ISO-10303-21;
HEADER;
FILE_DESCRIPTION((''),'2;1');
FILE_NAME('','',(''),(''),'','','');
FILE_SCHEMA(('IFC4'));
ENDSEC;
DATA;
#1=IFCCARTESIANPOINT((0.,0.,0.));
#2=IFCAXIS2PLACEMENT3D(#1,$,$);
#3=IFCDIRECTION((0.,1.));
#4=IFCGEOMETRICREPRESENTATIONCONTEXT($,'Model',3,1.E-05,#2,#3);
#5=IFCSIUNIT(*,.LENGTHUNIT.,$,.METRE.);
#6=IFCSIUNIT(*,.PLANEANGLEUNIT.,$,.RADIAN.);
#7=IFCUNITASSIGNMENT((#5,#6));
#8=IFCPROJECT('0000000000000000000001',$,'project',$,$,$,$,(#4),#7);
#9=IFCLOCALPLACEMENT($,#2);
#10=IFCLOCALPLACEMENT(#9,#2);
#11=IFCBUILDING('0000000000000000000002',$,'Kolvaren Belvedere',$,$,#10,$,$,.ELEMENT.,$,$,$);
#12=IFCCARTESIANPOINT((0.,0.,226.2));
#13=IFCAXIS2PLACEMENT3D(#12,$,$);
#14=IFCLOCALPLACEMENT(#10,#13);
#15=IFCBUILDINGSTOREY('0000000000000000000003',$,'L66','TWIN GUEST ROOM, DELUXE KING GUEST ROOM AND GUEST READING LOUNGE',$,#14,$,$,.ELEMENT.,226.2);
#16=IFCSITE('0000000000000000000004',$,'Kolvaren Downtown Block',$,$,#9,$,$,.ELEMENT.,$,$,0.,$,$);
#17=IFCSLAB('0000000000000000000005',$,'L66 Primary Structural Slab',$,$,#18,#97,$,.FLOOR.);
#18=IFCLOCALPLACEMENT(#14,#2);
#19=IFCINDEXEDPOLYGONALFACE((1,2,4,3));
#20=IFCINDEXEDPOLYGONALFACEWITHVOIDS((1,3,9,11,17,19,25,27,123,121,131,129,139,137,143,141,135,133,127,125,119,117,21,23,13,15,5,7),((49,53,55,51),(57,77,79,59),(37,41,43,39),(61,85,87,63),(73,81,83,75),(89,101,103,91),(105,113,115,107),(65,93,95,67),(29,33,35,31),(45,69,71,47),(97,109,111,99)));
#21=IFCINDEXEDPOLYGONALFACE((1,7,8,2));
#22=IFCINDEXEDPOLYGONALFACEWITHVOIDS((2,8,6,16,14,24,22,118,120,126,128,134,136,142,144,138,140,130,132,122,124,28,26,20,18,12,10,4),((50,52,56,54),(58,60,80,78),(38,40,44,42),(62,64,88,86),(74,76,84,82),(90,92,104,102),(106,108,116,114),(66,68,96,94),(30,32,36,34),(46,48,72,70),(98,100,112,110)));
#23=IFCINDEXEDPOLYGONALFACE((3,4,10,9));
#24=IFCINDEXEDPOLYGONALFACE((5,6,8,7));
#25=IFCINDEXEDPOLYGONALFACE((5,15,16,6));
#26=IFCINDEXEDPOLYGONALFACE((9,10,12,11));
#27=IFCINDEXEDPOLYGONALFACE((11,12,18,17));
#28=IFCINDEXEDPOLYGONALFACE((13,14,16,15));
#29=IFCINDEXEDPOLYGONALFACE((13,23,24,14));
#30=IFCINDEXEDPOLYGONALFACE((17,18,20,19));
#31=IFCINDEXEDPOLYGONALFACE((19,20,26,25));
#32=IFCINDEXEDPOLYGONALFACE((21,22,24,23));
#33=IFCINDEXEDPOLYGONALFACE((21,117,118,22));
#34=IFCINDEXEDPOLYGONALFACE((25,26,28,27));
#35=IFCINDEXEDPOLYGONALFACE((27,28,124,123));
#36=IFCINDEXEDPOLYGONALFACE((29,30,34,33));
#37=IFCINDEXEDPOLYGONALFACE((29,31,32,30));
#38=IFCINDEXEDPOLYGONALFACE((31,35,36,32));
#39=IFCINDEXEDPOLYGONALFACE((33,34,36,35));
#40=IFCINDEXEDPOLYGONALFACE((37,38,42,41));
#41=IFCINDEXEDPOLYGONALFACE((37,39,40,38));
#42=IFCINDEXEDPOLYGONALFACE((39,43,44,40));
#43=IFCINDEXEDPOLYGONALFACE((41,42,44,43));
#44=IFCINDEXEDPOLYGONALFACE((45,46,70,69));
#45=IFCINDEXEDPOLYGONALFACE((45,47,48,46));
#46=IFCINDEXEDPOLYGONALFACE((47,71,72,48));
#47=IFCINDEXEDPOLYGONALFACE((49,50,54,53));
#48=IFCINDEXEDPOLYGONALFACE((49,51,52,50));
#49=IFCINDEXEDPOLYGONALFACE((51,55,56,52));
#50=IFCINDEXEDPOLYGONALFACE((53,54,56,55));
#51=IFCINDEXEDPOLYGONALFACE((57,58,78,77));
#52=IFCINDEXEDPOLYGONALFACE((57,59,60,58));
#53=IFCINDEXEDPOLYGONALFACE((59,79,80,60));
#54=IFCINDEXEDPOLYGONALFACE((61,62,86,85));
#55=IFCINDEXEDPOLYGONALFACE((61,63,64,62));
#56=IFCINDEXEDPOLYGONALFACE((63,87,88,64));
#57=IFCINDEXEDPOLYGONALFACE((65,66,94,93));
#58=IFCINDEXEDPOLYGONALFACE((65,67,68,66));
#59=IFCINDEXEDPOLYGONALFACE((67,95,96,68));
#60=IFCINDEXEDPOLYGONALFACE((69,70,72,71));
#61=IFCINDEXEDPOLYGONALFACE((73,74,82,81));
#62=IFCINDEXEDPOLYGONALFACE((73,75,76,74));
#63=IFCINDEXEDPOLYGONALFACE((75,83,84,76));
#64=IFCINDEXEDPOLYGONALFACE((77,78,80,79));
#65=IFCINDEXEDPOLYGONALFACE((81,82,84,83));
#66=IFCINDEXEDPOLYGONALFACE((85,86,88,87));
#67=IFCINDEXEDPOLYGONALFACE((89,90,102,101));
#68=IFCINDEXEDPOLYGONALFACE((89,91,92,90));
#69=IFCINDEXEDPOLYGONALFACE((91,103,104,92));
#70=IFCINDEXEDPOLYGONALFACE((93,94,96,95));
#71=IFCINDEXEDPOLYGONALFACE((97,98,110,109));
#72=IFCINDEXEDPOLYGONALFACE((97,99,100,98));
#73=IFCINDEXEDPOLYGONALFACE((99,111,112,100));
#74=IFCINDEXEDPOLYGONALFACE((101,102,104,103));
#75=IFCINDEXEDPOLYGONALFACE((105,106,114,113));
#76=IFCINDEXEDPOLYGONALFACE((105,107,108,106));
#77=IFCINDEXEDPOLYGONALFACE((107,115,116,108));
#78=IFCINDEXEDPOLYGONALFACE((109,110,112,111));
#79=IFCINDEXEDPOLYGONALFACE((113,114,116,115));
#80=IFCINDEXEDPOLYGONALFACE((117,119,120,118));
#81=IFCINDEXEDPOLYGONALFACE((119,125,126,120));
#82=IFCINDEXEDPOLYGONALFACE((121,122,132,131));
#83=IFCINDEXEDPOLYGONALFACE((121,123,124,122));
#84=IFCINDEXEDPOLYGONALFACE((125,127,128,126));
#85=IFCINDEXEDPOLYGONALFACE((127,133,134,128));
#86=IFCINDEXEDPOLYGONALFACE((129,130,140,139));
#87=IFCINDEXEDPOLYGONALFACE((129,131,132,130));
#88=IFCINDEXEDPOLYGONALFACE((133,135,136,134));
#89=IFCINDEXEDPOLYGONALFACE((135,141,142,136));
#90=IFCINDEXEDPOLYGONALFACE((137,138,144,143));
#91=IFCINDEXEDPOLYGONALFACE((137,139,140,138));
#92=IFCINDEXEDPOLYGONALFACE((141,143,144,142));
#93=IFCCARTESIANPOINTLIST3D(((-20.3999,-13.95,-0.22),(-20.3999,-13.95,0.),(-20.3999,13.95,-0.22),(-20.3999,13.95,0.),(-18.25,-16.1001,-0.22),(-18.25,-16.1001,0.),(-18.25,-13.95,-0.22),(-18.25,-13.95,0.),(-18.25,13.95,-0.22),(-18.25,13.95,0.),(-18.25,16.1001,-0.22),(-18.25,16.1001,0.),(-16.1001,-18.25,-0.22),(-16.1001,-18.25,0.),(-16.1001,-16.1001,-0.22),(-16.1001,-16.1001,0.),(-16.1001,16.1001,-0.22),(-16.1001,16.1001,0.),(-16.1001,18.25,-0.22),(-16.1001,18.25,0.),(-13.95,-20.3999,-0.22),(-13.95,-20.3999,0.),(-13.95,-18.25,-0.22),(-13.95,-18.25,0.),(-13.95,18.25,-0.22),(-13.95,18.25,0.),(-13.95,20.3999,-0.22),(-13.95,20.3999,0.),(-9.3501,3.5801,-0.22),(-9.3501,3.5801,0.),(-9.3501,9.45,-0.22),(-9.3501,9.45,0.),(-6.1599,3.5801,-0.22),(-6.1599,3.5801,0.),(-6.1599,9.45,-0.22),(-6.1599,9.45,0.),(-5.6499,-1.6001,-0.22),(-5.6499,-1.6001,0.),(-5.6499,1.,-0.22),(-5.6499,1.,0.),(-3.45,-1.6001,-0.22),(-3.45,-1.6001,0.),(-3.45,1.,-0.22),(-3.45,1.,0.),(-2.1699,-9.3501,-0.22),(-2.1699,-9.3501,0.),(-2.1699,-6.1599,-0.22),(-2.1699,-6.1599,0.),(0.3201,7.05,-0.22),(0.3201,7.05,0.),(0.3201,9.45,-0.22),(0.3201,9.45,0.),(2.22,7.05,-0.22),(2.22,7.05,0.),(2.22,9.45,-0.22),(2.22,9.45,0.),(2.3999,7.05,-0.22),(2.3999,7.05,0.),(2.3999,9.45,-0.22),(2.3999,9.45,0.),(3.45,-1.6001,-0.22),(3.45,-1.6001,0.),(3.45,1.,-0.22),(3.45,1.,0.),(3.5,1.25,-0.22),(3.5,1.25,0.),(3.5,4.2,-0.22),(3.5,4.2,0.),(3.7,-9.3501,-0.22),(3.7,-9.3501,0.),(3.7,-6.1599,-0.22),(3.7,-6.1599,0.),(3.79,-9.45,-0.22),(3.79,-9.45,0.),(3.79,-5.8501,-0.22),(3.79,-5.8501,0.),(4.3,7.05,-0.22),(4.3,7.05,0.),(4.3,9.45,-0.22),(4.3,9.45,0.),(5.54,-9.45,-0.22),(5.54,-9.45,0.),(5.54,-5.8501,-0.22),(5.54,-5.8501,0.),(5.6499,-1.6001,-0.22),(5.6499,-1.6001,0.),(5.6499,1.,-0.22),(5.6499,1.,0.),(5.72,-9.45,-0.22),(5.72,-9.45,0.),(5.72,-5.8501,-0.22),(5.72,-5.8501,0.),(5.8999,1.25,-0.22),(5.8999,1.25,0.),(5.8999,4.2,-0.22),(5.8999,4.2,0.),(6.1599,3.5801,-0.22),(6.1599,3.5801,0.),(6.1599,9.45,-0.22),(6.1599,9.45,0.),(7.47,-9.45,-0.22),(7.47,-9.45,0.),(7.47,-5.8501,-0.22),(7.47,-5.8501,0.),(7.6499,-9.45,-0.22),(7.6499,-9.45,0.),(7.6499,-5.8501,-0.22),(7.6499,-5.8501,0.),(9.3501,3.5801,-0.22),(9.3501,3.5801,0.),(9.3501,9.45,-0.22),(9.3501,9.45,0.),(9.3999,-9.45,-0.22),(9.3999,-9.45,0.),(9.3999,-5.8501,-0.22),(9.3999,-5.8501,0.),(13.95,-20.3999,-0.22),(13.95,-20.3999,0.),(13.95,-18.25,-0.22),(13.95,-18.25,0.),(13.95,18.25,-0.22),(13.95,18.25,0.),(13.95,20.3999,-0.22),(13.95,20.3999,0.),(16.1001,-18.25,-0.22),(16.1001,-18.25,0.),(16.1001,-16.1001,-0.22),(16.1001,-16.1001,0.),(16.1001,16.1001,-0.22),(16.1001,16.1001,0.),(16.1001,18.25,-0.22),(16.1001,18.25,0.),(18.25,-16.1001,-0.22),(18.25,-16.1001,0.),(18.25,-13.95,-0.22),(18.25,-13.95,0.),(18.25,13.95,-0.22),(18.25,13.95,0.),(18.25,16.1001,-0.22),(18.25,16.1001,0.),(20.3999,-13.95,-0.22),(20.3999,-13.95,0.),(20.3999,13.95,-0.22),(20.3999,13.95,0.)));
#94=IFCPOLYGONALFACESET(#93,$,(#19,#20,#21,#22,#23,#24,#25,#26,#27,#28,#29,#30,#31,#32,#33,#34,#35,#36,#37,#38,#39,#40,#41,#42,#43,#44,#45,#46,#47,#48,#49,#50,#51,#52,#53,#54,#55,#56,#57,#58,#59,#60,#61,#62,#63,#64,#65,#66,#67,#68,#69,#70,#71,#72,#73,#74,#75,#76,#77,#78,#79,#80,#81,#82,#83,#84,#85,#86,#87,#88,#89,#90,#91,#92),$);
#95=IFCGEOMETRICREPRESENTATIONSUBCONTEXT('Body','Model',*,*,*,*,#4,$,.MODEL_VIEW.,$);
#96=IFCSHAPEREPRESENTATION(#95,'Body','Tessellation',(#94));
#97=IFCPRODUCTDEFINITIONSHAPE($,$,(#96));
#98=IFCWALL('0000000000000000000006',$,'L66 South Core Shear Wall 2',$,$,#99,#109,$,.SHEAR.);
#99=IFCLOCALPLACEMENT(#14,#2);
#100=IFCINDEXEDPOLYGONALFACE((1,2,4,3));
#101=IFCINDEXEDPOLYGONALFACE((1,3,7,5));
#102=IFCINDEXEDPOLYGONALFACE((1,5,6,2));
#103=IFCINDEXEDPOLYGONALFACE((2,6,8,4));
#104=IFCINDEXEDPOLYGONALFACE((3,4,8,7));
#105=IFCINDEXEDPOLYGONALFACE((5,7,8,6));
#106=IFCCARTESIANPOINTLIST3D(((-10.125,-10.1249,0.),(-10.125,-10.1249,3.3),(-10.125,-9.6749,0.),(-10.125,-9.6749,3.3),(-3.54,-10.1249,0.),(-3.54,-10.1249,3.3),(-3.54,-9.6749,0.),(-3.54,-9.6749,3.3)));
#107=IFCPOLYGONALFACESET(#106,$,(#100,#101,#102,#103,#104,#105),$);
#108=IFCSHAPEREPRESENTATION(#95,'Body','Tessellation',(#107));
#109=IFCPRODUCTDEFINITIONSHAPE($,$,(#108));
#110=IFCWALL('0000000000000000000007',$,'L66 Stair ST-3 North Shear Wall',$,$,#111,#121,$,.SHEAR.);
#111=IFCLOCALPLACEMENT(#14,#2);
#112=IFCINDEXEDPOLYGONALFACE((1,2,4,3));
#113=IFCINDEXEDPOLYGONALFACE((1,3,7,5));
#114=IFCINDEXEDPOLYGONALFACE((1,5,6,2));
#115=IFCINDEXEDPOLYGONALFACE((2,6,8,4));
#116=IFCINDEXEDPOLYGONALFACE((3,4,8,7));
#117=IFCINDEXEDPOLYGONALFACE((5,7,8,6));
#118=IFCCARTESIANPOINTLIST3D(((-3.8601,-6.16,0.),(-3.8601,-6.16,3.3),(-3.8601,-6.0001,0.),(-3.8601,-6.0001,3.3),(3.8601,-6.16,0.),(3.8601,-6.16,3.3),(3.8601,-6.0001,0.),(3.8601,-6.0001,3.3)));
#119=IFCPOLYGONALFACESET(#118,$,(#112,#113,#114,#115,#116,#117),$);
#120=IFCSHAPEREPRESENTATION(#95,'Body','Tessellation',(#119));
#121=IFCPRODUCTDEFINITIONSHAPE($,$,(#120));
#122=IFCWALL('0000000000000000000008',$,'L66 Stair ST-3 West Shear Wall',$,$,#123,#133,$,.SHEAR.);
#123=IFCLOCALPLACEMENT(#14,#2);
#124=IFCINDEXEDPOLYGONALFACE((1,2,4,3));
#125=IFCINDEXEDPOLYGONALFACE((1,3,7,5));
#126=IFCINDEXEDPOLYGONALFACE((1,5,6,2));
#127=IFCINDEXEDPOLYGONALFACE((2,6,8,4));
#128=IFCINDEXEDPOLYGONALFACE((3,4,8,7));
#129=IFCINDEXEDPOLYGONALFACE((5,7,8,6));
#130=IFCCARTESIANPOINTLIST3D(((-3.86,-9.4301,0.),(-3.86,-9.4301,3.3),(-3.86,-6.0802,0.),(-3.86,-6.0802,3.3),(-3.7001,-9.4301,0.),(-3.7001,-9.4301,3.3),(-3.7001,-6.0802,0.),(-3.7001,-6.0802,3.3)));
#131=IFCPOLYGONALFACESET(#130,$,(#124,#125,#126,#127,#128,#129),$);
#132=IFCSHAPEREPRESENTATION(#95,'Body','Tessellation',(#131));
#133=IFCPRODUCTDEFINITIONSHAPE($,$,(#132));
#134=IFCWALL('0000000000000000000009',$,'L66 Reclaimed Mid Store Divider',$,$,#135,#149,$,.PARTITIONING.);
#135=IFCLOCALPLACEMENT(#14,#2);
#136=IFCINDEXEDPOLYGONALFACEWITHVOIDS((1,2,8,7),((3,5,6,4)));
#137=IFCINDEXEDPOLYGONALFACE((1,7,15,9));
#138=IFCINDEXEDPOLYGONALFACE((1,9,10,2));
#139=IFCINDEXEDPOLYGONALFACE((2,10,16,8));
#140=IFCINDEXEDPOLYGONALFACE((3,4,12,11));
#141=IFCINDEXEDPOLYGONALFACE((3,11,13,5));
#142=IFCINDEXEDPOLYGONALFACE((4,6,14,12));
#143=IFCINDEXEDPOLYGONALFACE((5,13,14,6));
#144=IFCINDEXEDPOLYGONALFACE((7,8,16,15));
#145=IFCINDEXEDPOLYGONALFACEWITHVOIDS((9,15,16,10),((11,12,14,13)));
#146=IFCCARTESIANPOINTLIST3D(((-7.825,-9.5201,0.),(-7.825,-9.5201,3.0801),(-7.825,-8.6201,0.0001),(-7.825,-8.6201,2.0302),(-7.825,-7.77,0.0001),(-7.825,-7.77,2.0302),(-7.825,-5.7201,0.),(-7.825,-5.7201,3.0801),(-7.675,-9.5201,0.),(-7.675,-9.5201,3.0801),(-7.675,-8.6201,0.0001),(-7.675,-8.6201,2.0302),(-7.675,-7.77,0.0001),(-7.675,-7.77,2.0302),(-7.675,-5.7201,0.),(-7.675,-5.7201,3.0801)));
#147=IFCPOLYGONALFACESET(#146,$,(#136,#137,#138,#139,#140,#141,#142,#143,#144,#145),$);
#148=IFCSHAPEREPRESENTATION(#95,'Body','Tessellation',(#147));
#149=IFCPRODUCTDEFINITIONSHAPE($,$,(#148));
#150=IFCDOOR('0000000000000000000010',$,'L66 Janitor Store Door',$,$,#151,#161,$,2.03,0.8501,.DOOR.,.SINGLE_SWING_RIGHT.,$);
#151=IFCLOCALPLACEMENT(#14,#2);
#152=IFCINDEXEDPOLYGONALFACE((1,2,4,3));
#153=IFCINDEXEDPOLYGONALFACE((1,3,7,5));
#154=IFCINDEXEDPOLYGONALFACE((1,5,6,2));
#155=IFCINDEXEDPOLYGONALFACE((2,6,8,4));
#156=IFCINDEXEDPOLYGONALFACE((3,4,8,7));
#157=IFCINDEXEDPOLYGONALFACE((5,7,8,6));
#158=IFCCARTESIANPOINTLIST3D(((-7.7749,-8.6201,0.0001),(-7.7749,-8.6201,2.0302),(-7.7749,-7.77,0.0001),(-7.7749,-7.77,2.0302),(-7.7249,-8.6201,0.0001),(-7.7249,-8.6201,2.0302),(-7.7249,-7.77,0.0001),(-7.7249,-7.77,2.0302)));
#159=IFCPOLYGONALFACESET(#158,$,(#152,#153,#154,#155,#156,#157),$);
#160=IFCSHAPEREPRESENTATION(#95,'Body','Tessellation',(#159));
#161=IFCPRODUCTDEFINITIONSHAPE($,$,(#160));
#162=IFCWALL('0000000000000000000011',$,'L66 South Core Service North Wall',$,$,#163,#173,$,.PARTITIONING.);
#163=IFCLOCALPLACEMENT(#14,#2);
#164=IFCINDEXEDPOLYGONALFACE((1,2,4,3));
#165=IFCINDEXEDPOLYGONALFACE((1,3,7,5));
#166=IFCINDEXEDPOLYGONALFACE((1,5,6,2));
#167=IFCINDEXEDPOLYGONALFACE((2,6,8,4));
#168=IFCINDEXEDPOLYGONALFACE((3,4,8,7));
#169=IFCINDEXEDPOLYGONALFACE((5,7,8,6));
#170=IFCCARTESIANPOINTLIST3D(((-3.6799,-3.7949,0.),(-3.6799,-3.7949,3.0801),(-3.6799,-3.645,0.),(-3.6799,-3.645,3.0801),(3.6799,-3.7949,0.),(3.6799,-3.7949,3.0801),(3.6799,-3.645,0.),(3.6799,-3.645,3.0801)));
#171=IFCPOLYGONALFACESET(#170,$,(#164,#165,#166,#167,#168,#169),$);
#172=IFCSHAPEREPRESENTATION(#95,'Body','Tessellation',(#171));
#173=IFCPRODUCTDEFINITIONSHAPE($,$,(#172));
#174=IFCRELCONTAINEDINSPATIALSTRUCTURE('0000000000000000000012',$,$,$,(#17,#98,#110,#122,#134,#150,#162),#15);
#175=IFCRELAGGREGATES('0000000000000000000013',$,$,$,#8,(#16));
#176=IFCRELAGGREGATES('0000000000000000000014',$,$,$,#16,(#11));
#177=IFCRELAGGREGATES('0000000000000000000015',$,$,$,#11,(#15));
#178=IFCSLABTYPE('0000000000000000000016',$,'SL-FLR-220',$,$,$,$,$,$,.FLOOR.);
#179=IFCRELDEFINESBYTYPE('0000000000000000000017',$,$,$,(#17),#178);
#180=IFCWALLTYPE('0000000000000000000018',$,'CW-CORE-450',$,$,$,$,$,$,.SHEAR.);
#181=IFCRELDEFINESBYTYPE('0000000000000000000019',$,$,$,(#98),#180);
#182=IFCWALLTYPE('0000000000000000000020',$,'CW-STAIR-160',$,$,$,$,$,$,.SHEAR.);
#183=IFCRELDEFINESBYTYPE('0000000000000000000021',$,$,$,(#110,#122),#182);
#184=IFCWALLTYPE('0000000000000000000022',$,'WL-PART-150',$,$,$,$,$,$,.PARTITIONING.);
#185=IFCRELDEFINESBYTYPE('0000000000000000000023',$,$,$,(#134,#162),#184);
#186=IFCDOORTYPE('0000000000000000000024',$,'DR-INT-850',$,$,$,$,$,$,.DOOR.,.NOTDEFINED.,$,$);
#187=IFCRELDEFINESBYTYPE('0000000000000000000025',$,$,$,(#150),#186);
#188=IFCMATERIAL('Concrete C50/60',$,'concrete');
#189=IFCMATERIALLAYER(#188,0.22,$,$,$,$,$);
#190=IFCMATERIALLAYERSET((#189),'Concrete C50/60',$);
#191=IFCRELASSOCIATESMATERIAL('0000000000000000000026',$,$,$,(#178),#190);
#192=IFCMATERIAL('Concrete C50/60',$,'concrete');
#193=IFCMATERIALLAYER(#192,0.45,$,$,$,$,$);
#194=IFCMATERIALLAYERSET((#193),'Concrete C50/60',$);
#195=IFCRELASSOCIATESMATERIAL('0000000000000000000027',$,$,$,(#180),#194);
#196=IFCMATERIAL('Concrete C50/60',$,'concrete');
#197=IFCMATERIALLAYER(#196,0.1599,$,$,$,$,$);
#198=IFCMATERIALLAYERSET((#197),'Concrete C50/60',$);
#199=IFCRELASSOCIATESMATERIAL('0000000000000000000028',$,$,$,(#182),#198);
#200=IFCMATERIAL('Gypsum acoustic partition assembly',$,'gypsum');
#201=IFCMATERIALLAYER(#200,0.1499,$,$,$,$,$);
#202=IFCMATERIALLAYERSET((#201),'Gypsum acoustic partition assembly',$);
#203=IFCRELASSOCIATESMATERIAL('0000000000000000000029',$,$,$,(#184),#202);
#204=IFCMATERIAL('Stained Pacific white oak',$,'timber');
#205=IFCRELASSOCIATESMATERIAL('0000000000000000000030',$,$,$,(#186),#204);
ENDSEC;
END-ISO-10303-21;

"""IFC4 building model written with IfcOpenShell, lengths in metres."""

from ifc_helpers import new_model, si_unit, direction, frame, frame_2d, origin, place, context, subcontext, project, spatial, polyline, rectangle, outline, extrude, material, layer, layer_set, type_object, element, fill, save


model = new_model("IFC4")

# Units and contexts
model_context = context("Model", 3, precision=1e-05, world=origin(), true_north=direction((0.0, 1.0)))
body_context = subcontext(model_context, "Body", "Model", "MODEL_VIEW")
ifc_project = project(units=[si_unit("LENGTHUNIT", "METRE"), si_unit("PLANEANGLEUNIT", "RADIAN")], contexts=[model_context])

# Site, building, storey
site_placement = place(None, origin())
site = spatial("IfcSite", under=ifc_project, at=site_placement, Name="Kolvaren Downtown Block", CompositionType="ELEMENT", RefElevation=0.0)
building_placement = place(site_placement, origin())
building = spatial("IfcBuilding", under=site, at=building_placement, Name="Kolvaren Belvedere", CompositionType="ELEMENT")
storey_placement = place(building_placement, frame((0.0, 0.0, 226.2)))
storey = spatial("IfcBuildingStorey", under=building, at=storey_placement, Name="L66", Description="TWIN GUEST ROOM, DELUXE KING GUEST ROOM AND GUEST READING LOUNGE", CompositionType="ELEMENT", Elevation=226.2)

# Slab
ifc_material_1 = material(Name="Concrete C50/60", Category="concrete")
ifc_layer_1 = layer(ifc_material_1, 0.22)
ifc_layer_set_1 = layer_set([ifc_layer_1], Name="Concrete C50/60")
slab_type = type_object("IfcSlabType", Name="SL-FLR-220", PredefinedType="FLOOR", material=ifc_layer_set_1)
slab_placement = place(storey_placement, frame((0.0, 0.0, -0.22)))
element("IfcSlab", 1, at=slab_placement, inside=storey, type_object=slab_type, Name="L66 Primary Structural Slab", PredefinedType="FLOOR", context=body_context, shape_type="SweptSolid", body=[
    extrude(outline(polyline([(-13.95, -20.3999), (13.95, -20.3999), (13.95, -18.25), (16.1001, -18.25), (16.1001, -16.1001), (18.25, -16.1001), (18.25, -13.95), (20.3999, -13.95), (20.3999, 13.95), (18.25, 13.95), (18.25, 16.1001), (16.1001, 16.1001), (16.1001, 18.25), (13.95, 18.25), (13.95, 20.3999), (-13.95, 20.3999), (-13.95, 18.25), (-16.1001, 18.25), (-16.1001, 16.1001), (-18.25, 16.1001), (-18.25, 13.95), (-20.3999, 13.95), (-20.3999, -13.95), (-18.25, -13.95), (-18.25, -16.1001), (-16.1001, -16.1001), (-16.1001, -18.25), (-13.95, -18.25), (-13.95, -20.3999)]), holes=[polyline([(-9.3501, 3.5801), (-6.1599, 3.5801), (-6.1599, 9.45), (-9.3501, 9.45), (-9.3501, 3.5801)]), polyline([(6.1599, 3.5801), (9.3501, 3.5801), (9.3501, 9.45), (6.1599, 9.45), (6.1599, 3.5801)]), polyline([(-2.1699, -9.3501), (3.7, -9.3501), (3.7, -6.1599), (-2.1699, -6.1599), (-2.1699, -9.3501)]), polyline([(-5.6499, -1.6001), (-3.45, -1.6001), (-3.45, 1.0), (-5.6499, 1.0), (-5.6499, -1.6001)]), polyline([(3.5, 1.25), (5.8999, 1.25), (5.8999, 4.2), (3.5, 4.2), (3.5, 1.25)]), polyline([(3.45, -1.6001), (5.6499, -1.6001), (5.6499, 1.0), (3.45, 1.0), (3.45, -1.6001)]), polyline([(3.79, -9.45), (5.54, -9.45), (5.54, -5.8501), (3.79, -5.8501), (3.79, -9.45)]), polyline([(5.72, -9.45), (7.47, -9.45), (7.47, -5.8501), (5.72, -5.8501), (5.72, -9.45)]), polyline([(7.6499, -9.45), (9.3999, -9.45), (9.3999, -5.8501), (7.6499, -5.8501), (7.6499, -9.45)]), polyline([(0.3201, 7.05), (2.22, 7.05), (2.22, 9.45), (0.3201, 9.45), (0.3201, 7.05)]), polyline([(2.3999, 7.05), (4.3, 7.05), (4.3, 9.45), (2.3999, 9.45), (2.3999, 7.05)])]), origin(), (0.0, 0.0, 1.0), 0.22),
])

# Walls
ifc_material_2 = material(Name="Concrete C50/60", Category="concrete")
ifc_layer_2 = layer(ifc_material_2, 0.45)
ifc_layer_set_2 = layer_set([ifc_layer_2], Name="Concrete C50/60")
wall_type_1 = type_object("IfcWallType", Name="CW-CORE-450", PredefinedType="SHEAR", material=ifc_layer_set_2)
wall_1_placement = place(storey_placement, frame((-3.54, -9.8999, 0.0), z_axis=(0.0, 0.0, 1.0), x_axis=(-1.0, 0.0, 0.0)))
element("IfcWall", 2, at=wall_1_placement, inside=storey, type_object=wall_type_1, Name="L66 South Core Shear Wall 2", PredefinedType="SHEAR", context=body_context, shape_type="SweptSolid", body=[
    extrude(rectangle(XDim=6.585, YDim=0.45, at=frame_2d((3.2925, 0.0))), origin(), (0.0, 0.0, 1.0), 3.3),
])
ifc_material_3 = material(Name="Concrete C50/60", Category="concrete")
ifc_layer_3 = layer(ifc_material_3, 0.1599)
ifc_layer_set_3 = layer_set([ifc_layer_3], Name="Concrete C50/60")
wall_type_2 = type_object("IfcWallType", Name="CW-STAIR-160", PredefinedType="SHEAR", material=ifc_layer_set_3)
wall_2_placement = place(storey_placement, frame((-3.8601, -6.0801, 0.0), z_axis=(0.0, 0.0, 1.0), x_axis=(1.0, 0.0, 0.0)))
element("IfcWall", 3, at=wall_2_placement, inside=storey, type_object=wall_type_2, Name="L66 Stair ST-3 North Shear Wall", PredefinedType="SHEAR", context=body_context, shape_type="SweptSolid", body=[
    extrude(rectangle(XDim=7.7202, YDim=0.1599, at=frame_2d((3.8601, 0.0))), origin(), (0.0, 0.0, 1.0), 3.3),
])
wall_3_placement = place(storey_placement, frame((-3.78, -9.4299, 0.0), z_axis=(0.0, 0.0, 1.0), x_axis=(0.0, 1.0, 0.0)))
element("IfcWall", 4, at=wall_3_placement, inside=storey, type_object=wall_type_2, Name="L66 Stair ST-3 West Shear Wall", PredefinedType="SHEAR", context=body_context, shape_type="SweptSolid", body=[
    extrude(rectangle(XDim=3.3499, YDim=0.1599, at=frame_2d((1.6748, 0.0))), origin(), (0.0, 0.0, 1.0), 3.3),
])

# Wall, opening, door
ifc_material_4 = material(Name="Gypsum acoustic partition assembly", Category="gypsum")
ifc_layer_4 = layer(ifc_material_4, 0.1499)
ifc_layer_set_4 = layer_set([ifc_layer_4], Name="Gypsum acoustic partition assembly")
wall_type_3 = type_object("IfcWallType", Name="WL-PART-150", PredefinedType="PARTITIONING", material=ifc_layer_set_4)
wall_4_placement = place(storey_placement, frame((-7.75, -9.52, 0.0), z_axis=(0.0, 0.0, 1.0), x_axis=(0.0, 1.0, 0.0)))
wall_4 = element("IfcWall", 5, at=wall_4_placement, inside=storey, type_object=wall_type_3, Name="L66 Reclaimed Mid Store Divider", PredefinedType="PARTITIONING", context=body_context, shape_type="SweptSolid", body=[
    extrude(rectangle(XDim=3.8, YDim=0.1499, at=frame_2d((1.8999, 0.0))), origin(), (0.0, 0.0, 1.0), 3.0801),
])
opening_1_placement = place(wall_4_placement, frame((0.8999, 0.0, 0.0)))
opening_1 = element("IfcOpeningElement", 6, at=opening_1_placement, cuts=wall_4, PredefinedType="OPENING", context=body_context, shape_type="SweptSolid", body=[
    extrude(rectangle(XDim=0.8501, YDim=2.03, at=frame_2d((0.425, 1.0151))), frame((0.0, 0.085, 0.0), z_axis=(0.0, -1.0, 0.0), x_axis=(1.0, 0.0, 0.0)), (0.0, 0.0, 1.0), 0.1699),
])
ifc_material_5 = material(Name="Stained Pacific white oak", Category="timber")
door_type_1 = type_object("IfcDoorType", Name="DR-INT-850", OperationType="NOTDEFINED", PredefinedType="DOOR", material=ifc_material_5)
door_1_placement = place(opening_1_placement, origin())
door_1 = element("IfcDoor", 7, at=door_1_placement, inside=storey, type_object=door_type_1, Name="L66 Janitor Store Door", OperationType="SINGLE_SWING_RIGHT", OverallHeight=2.03, OverallWidth=0.8501, PredefinedType="DOOR", context=body_context, shape_type="SweptSolid", body=[
    extrude(rectangle(XDim=0.8501, YDim=2.03, at=frame_2d((0.425, 1.0151))), frame((0.0, 0.0249, 0.0), z_axis=(0.0, -1.0, 0.0), x_axis=(1.0, 0.0, 0.0)), (0.0, 0.0, 1.0), 0.05),
])
fill(opening_1, door_1)

# Wall
wall_5_placement = place(storey_placement, frame((-3.6799, -3.72, 0.0), z_axis=(0.0, 0.0, 1.0), x_axis=(1.0, 0.0, 0.0)))
element("IfcWall", 8, at=wall_5_placement, inside=storey, type_object=wall_type_3, Name="L66 South Core Service North Wall", PredefinedType="PARTITIONING", context=body_context, shape_type="SweptSolid", body=[
    extrude(rectangle(XDim=7.3599, YDim=0.1499, at=frame_2d((3.6799, 0.0))), origin(), (0.0, 0.0, 1.0), 3.0801),
])

save(model, "model.ifc")
